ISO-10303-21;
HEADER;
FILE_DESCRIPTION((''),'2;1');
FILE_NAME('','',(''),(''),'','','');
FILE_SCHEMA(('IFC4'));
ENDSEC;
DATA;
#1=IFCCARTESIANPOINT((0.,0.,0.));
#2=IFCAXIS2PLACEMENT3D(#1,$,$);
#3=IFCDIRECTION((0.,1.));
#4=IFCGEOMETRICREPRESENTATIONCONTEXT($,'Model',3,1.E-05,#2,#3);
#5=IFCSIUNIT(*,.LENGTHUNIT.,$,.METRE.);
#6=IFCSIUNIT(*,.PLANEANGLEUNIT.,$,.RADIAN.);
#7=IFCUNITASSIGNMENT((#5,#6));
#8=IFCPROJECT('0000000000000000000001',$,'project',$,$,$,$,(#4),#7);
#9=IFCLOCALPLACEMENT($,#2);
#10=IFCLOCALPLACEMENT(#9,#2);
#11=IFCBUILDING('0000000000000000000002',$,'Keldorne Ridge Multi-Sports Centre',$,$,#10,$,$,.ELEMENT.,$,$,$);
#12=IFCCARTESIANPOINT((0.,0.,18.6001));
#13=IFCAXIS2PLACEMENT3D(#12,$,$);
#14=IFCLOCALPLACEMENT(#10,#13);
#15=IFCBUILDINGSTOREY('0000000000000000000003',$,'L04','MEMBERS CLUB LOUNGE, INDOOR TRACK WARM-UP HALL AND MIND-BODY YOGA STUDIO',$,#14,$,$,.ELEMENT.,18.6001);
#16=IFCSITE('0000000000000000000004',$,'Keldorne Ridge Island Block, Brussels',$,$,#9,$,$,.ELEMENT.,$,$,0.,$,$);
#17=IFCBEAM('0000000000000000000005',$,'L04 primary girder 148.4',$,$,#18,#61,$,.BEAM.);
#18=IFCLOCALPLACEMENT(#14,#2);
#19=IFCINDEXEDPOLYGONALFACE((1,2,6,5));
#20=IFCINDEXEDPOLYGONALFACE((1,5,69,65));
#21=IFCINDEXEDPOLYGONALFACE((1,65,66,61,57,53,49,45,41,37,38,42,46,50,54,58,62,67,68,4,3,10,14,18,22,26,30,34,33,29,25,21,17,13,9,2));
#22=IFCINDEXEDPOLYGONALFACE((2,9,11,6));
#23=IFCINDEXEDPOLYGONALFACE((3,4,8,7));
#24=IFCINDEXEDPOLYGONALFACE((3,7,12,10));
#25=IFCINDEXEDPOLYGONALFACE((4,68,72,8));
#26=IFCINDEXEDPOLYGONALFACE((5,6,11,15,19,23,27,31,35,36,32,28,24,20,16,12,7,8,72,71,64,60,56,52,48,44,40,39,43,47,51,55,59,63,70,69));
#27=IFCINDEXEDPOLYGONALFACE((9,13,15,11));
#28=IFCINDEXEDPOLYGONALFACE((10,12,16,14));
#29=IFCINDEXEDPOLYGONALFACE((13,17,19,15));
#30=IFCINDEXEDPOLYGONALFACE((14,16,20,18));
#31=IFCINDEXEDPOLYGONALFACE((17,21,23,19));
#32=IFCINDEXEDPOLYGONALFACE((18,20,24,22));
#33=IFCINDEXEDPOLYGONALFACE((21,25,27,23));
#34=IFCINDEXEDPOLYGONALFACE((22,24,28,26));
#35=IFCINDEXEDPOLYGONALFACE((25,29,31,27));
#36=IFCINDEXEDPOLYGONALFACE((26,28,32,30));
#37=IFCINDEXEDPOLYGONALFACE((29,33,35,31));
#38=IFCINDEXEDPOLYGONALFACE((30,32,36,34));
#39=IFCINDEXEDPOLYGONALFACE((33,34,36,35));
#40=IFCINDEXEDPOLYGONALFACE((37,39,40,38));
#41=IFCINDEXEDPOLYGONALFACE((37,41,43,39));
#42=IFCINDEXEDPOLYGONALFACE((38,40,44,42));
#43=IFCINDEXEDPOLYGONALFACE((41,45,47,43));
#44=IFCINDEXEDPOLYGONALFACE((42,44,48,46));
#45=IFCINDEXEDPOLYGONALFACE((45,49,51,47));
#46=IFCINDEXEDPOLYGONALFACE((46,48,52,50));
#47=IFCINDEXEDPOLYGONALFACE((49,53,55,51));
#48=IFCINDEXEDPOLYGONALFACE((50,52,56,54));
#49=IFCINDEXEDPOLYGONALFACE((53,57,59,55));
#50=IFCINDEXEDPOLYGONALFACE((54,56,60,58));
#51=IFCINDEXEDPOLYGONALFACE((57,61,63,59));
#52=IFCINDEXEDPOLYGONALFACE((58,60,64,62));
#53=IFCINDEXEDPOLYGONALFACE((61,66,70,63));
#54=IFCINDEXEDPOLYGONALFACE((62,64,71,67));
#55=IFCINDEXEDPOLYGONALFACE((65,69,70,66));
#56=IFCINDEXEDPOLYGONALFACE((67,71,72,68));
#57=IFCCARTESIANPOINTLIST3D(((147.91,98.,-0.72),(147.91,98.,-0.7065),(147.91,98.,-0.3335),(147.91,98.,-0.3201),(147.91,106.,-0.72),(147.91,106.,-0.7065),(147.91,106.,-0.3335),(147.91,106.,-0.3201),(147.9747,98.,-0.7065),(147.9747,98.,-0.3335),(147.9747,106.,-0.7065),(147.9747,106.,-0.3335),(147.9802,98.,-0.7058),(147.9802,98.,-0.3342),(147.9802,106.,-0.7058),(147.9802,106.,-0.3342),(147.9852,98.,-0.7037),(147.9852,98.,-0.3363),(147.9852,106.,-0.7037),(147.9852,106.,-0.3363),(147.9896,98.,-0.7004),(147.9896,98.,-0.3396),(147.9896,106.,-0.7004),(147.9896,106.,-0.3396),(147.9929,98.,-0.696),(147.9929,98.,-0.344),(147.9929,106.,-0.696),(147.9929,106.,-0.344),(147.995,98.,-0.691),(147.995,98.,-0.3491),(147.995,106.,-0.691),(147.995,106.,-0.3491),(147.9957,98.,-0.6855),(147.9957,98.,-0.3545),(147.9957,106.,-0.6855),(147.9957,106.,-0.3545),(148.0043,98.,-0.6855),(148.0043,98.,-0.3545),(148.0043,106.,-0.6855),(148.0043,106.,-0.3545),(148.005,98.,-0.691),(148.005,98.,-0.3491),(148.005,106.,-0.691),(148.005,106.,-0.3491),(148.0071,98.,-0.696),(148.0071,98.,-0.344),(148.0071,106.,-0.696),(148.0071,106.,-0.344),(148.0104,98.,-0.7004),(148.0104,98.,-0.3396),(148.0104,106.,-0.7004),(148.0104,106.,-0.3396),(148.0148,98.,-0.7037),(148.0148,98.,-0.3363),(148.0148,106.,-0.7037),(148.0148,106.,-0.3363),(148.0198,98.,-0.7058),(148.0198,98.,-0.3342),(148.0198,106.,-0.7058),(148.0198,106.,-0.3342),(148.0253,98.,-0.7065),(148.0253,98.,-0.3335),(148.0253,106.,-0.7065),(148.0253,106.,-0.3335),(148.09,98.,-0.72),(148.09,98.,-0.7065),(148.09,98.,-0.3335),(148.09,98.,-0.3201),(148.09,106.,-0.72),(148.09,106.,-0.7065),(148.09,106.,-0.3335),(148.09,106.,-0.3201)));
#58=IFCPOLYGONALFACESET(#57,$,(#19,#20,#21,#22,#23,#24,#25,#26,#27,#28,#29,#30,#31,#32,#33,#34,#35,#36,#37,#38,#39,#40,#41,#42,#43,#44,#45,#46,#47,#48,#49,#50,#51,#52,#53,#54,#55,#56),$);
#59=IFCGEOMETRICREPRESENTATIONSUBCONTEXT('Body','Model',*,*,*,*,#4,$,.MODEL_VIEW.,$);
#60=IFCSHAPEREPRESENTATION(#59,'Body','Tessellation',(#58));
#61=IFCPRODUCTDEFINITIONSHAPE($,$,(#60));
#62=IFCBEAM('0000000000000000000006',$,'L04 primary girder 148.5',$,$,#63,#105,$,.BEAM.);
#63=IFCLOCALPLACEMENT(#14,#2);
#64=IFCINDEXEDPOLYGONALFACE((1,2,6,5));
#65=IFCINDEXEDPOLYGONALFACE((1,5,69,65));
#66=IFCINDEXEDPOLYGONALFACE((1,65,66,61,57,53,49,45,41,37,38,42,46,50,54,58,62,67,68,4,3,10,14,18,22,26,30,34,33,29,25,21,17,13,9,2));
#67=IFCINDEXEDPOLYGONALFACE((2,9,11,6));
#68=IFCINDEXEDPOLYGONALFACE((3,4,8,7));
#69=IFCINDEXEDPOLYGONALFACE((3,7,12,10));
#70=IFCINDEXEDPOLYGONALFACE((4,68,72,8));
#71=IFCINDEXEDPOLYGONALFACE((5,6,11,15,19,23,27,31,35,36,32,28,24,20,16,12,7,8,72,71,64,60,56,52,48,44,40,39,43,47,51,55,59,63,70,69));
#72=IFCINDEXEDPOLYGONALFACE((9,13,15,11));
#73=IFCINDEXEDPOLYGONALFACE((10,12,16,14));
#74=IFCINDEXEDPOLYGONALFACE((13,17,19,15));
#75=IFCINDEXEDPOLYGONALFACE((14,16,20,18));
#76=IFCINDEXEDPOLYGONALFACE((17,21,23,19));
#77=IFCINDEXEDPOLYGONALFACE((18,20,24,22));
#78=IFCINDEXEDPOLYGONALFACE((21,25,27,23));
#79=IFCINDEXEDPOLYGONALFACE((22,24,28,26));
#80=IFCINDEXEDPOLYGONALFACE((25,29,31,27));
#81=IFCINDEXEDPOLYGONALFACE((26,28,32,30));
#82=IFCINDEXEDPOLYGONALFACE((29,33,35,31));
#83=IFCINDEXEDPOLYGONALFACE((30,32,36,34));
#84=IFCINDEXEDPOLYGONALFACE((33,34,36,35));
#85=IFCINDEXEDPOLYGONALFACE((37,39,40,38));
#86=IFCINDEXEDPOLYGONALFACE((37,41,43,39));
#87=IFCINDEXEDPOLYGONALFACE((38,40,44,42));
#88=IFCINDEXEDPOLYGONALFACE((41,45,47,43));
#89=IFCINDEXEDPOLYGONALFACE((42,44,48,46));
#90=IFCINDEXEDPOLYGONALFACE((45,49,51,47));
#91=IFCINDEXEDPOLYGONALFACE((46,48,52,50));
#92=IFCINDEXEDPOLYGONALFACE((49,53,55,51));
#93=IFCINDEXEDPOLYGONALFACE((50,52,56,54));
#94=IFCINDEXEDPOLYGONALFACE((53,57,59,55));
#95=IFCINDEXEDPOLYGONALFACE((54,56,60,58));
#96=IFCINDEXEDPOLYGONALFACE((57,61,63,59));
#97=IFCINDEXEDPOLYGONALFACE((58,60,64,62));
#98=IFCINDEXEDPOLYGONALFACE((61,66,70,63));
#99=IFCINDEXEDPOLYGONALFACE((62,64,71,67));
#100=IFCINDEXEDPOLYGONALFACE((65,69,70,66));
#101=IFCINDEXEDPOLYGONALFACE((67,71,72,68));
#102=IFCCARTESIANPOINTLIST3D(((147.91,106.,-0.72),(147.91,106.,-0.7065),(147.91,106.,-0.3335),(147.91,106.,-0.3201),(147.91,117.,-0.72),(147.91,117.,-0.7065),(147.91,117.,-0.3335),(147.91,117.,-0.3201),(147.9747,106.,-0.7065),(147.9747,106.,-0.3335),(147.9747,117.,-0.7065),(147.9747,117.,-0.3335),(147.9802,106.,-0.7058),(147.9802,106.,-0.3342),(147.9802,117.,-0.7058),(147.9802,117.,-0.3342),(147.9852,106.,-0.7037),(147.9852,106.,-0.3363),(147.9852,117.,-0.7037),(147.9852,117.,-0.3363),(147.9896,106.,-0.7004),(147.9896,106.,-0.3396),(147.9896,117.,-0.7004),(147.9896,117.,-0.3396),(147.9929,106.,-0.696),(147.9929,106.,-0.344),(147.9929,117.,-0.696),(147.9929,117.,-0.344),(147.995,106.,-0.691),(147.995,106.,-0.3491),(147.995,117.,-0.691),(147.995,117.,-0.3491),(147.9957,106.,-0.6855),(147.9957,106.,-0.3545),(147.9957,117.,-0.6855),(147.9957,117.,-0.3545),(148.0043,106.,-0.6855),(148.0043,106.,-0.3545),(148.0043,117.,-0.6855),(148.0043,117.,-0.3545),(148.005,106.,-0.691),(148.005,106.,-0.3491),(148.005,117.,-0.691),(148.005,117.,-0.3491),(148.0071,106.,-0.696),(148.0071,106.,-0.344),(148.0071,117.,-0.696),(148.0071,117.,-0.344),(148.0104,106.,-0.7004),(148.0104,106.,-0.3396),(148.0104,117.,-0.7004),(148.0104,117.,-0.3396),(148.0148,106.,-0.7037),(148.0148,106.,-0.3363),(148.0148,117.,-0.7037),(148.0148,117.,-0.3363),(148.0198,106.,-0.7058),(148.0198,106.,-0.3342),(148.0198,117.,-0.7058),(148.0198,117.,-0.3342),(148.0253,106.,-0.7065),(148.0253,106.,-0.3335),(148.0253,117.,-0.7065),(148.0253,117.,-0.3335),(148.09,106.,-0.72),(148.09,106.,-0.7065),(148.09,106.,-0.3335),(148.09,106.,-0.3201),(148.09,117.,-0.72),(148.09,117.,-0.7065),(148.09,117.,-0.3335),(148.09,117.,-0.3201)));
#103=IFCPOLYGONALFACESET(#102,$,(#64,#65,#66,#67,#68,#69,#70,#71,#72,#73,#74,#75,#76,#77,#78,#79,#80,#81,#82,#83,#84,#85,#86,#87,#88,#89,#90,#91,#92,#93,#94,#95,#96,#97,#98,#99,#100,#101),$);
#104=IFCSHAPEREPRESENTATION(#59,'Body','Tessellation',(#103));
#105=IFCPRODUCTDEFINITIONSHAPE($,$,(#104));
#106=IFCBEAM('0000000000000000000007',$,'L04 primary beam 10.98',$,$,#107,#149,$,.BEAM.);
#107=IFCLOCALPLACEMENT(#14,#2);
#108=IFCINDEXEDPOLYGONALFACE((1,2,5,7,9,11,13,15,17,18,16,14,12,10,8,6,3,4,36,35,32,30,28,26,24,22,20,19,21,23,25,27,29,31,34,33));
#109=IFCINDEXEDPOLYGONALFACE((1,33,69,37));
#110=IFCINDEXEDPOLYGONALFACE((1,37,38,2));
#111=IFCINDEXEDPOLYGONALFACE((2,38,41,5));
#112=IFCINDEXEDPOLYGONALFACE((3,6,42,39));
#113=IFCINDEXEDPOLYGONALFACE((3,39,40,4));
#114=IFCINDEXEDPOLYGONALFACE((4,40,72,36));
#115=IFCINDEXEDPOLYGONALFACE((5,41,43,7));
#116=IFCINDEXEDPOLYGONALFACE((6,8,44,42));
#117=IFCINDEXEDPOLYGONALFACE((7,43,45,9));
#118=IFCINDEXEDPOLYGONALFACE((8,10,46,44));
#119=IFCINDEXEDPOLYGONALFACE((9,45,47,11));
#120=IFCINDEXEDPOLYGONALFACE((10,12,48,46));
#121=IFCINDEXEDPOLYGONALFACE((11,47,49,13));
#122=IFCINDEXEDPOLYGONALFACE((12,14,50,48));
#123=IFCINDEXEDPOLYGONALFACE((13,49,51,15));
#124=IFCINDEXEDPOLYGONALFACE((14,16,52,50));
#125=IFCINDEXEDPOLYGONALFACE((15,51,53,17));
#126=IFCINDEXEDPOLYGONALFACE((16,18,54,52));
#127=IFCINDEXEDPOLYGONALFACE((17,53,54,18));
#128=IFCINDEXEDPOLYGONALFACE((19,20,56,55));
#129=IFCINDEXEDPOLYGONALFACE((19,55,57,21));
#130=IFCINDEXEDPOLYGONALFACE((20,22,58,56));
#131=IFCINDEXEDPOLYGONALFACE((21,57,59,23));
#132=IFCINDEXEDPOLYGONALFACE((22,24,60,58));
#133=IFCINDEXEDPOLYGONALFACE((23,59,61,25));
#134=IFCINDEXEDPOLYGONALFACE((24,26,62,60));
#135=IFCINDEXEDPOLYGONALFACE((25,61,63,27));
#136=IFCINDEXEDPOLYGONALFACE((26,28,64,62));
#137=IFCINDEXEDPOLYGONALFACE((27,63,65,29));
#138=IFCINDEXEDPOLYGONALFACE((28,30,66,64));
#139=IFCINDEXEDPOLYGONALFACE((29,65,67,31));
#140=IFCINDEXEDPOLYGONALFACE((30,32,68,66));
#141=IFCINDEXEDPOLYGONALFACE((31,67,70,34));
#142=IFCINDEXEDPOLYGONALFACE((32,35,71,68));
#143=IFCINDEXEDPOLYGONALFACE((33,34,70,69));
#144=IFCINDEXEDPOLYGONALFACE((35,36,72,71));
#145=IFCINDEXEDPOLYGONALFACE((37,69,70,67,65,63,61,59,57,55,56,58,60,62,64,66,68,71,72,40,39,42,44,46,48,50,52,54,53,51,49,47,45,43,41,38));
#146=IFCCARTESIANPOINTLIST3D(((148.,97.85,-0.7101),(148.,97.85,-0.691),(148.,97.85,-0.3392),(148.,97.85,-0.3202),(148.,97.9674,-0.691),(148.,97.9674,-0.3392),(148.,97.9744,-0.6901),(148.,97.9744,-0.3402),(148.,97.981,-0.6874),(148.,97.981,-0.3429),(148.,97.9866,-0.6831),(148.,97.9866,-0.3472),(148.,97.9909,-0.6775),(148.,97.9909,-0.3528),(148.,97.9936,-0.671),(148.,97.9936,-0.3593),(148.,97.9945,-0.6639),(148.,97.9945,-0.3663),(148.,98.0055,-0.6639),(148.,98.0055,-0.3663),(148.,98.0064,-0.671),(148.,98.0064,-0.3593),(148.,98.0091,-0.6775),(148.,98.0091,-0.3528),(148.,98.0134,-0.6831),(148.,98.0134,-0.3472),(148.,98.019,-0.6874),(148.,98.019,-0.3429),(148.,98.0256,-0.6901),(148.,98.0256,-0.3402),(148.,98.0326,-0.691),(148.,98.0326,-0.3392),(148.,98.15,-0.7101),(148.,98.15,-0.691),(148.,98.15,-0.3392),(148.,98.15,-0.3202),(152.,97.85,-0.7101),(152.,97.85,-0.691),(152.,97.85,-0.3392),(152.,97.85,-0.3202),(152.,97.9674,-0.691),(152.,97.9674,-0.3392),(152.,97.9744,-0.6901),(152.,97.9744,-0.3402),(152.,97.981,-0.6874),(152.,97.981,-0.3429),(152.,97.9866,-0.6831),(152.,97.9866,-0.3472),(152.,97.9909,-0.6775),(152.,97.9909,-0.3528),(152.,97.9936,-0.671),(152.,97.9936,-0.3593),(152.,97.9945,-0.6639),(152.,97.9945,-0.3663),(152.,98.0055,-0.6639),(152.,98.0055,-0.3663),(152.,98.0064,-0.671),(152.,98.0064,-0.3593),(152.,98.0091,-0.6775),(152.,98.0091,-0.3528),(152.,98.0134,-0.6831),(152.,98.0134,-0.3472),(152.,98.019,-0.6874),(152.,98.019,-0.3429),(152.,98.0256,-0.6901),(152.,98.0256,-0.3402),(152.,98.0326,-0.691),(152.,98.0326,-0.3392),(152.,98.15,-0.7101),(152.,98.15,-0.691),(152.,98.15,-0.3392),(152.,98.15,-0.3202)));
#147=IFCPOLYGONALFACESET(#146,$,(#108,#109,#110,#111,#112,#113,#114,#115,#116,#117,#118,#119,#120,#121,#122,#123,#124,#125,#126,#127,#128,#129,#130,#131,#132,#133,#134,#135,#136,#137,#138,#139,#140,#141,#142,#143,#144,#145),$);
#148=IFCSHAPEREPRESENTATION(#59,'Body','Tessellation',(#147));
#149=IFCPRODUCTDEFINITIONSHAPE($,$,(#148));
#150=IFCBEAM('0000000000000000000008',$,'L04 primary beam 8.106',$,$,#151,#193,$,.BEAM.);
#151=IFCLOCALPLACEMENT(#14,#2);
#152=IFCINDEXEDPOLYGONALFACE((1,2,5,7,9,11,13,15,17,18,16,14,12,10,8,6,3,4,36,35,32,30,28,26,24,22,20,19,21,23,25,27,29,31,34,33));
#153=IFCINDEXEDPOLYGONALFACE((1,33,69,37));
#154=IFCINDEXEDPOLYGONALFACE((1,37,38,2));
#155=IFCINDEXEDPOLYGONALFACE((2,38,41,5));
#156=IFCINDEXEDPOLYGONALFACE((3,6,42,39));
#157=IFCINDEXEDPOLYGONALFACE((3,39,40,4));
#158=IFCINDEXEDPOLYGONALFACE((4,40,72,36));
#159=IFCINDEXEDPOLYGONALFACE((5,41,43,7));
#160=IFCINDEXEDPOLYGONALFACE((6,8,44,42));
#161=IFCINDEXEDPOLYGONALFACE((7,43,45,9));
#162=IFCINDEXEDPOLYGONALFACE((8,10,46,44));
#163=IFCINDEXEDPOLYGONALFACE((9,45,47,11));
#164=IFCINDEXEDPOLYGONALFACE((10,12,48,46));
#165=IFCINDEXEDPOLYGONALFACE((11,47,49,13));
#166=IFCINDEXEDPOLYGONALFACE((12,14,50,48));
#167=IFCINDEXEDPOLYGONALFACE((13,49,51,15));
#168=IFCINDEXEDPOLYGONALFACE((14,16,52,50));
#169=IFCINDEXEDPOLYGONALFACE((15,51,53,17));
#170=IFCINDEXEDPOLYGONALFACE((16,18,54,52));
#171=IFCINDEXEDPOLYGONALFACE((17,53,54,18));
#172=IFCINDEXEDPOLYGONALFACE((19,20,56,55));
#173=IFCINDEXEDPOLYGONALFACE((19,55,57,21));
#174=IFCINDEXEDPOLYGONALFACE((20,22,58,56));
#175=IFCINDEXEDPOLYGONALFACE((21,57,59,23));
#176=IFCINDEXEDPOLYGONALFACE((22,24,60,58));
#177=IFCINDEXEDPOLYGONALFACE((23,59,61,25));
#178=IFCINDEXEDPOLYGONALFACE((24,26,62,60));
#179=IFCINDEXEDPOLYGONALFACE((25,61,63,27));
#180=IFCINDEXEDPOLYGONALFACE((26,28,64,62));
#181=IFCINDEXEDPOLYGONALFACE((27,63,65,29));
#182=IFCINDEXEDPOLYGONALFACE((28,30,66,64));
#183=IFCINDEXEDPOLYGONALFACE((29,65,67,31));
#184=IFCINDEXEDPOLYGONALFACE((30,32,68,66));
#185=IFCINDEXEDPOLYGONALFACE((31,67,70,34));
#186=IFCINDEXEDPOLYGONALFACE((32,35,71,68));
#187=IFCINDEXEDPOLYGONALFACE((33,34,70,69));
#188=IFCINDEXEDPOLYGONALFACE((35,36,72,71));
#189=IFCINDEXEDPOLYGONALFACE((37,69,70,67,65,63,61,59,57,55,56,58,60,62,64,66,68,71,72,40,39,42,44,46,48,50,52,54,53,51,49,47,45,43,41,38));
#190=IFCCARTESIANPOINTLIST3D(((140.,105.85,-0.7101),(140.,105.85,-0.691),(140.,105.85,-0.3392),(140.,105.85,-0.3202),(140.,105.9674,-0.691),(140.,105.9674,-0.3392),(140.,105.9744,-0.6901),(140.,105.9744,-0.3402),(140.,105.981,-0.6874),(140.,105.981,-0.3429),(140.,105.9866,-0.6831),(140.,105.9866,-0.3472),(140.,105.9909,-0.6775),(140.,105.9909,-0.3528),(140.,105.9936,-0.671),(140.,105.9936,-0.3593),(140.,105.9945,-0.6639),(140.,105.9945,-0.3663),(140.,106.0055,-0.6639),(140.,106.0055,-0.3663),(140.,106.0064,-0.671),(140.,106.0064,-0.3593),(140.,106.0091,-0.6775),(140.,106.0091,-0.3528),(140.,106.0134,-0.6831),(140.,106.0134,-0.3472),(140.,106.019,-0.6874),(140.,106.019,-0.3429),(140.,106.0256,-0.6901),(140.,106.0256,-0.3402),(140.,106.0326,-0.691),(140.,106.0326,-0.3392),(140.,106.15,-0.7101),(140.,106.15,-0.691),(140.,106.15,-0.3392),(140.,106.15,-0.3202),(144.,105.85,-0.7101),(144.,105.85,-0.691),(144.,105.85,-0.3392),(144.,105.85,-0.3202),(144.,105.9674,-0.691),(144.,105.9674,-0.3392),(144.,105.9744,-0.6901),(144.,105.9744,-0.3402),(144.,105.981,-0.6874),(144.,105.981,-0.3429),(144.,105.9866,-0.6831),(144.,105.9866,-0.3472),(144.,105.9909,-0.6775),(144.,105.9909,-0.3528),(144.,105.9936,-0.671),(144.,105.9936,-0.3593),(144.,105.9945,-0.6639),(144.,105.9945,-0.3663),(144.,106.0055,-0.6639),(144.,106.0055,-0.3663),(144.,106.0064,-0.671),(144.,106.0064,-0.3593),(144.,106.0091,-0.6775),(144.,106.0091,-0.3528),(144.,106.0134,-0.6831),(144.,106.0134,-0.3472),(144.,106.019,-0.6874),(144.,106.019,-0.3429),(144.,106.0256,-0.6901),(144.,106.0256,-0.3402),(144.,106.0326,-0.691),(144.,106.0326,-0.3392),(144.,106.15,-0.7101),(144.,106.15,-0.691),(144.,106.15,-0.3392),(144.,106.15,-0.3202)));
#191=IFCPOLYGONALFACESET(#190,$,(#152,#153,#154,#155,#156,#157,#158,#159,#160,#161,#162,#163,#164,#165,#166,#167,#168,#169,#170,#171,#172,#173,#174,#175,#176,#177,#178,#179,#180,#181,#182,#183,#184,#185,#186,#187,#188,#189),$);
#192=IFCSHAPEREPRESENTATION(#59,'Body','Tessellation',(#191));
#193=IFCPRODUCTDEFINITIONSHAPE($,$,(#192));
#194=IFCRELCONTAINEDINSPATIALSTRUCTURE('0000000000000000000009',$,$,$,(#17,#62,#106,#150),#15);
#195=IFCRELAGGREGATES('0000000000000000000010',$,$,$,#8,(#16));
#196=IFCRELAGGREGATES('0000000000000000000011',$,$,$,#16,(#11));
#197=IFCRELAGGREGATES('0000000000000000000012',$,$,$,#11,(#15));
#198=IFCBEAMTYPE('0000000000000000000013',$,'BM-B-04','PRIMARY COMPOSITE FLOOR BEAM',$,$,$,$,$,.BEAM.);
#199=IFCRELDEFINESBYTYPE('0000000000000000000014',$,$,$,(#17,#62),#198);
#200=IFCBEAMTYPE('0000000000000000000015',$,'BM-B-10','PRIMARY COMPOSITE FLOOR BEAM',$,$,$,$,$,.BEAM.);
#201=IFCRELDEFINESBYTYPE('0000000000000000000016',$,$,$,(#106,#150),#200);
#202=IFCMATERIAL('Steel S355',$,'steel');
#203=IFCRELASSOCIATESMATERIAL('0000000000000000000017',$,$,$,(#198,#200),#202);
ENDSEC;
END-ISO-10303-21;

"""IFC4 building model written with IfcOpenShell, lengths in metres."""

from ifc_helpers import new_model, si_unit, direction, frame, origin, origin_2d, place, context, subcontext, project, spatial, i_section, extrude, material, material_profile, profile_set, type_object, element, save


model = new_model("IFC4")

# Units and contexts
model_context = context("Model", 3, precision=1e-05, world=origin(), true_north=direction((0.0, 1.0)))
body_context = subcontext(model_context, "Body", "Model", "MODEL_VIEW")
ifc_project = project(units=[si_unit("LENGTHUNIT", "METRE"), si_unit("PLANEANGLEUNIT", "RADIAN")], contexts=[model_context])

# Site, building, storey
site_placement = place(None, origin())
site = spatial("IfcSite", under=ifc_project, at=site_placement, Name="Keldorne Ridge Island Block, Brussels", CompositionType="ELEMENT", RefElevation=0.0)
building_placement = place(site_placement, origin())
building = spatial("IfcBuilding", under=site, at=building_placement, Name="Keldorne Ridge Multi-Sports Centre", CompositionType="ELEMENT")
storey_placement = place(building_placement, frame((0.0, 0.0, 18.6001)))
storey = spatial("IfcBuildingStorey", under=building, at=storey_placement, Name="L04", Description="MEMBERS CLUB LOUNGE, INDOOR TRACK WARM-UP HALL AND MIND-BODY YOGA STUDIO", CompositionType="ELEMENT", Elevation=18.6001)

# Shared definitions
ifc_material_1 = material(Name="Steel S355", Category="steel")

# Beams
ifc_material_profile_1 = material_profile(ifc_material_1, i_section(OverallWidth=0.1799, OverallDepth=0.3999, WebThickness=0.0085, FlangeThickness=0.0134, FilletRadius=0.021, at=origin_2d()), Name="IPE 400")
ifc_profile_set_1 = profile_set([ifc_material_profile_1], Name="Steel S355")
beam_type_1 = type_object("IfcBeamType", Name="BM-B-04", Description="PRIMARY COMPOSITE FLOOR BEAM", PredefinedType="BEAM", material=ifc_profile_set_1)
beam_1_placement = place(storey_placement, frame((148.0, 98.0, -0.52), z_axis=(0.0, 1.0, 0.0), x_axis=(-1.0, 0.0, 0.0)))
element("IfcBeam", 1, at=beam_1_placement, inside=storey, type_object=beam_type_1, Name="L04 primary girder 148.4", PredefinedType="BEAM", context=body_context, shape_type="SweptSolid", body=[
    extrude(i_section(OverallWidth=0.1799, OverallDepth=0.3999, WebThickness=0.0085, FlangeThickness=0.0134, FilletRadius=0.021, at=origin_2d()), origin(), (0.0, 0.0, 1.0), 8.0),
])
beam_2_placement = place(storey_placement, frame((148.0, 106.0, -0.52), z_axis=(0.0, 1.0, 0.0), x_axis=(-1.0, 0.0, 0.0)))
element("IfcBeam", 2, at=beam_2_placement, inside=storey, type_object=beam_type_1, Name="L04 primary girder 148.5", PredefinedType="BEAM", context=body_context, shape_type="SweptSolid", body=[
    extrude(i_section(OverallWidth=0.1799, OverallDepth=0.3999, WebThickness=0.0085, FlangeThickness=0.0134, FilletRadius=0.021, at=origin_2d()), origin(), (0.0, 0.0, 1.0), 11.0),
])
ifc_material_profile_2 = material_profile(ifc_material_1, i_section(OverallWidth=0.3, OverallDepth=0.3899, WebThickness=0.011, FlangeThickness=0.019, FilletRadius=0.0271, at=origin_2d()), Name="HEA 400")
ifc_profile_set_2 = profile_set([ifc_material_profile_2], Name="Steel S355")
beam_type_2 = type_object("IfcBeamType", Name="BM-B-10", Description="PRIMARY COMPOSITE FLOOR BEAM", PredefinedType="BEAM", material=ifc_profile_set_2)
for number, where, z_axis, x_axis, name in (
    (3, (148.0, 98.0, -0.5151), (1.0, 0.0, 0.0), (0.0, 1.0, 0.0), "L04 primary beam 10.98"),
    (4, (140.0, 106.0, -0.5151), (1.0, 0.0, 0.0), (0.0, 1.0, 0.0), "L04 primary beam 8.106"),
):
    element("IfcBeam", number, at=place(storey_placement, frame(where, z_axis=z_axis, x_axis=x_axis)), inside=storey, type_object=beam_type_2, Name=name, PredefinedType="BEAM", context=body_context, shape_type="SweptSolid", body=[
        extrude(i_section(OverallWidth=0.3, OverallDepth=0.3899, WebThickness=0.011, FlangeThickness=0.019, FilletRadius=0.0271, at=origin_2d()), origin(), (0.0, 0.0, 1.0), 4.0),
    ])

save(model, "model.ifc")
